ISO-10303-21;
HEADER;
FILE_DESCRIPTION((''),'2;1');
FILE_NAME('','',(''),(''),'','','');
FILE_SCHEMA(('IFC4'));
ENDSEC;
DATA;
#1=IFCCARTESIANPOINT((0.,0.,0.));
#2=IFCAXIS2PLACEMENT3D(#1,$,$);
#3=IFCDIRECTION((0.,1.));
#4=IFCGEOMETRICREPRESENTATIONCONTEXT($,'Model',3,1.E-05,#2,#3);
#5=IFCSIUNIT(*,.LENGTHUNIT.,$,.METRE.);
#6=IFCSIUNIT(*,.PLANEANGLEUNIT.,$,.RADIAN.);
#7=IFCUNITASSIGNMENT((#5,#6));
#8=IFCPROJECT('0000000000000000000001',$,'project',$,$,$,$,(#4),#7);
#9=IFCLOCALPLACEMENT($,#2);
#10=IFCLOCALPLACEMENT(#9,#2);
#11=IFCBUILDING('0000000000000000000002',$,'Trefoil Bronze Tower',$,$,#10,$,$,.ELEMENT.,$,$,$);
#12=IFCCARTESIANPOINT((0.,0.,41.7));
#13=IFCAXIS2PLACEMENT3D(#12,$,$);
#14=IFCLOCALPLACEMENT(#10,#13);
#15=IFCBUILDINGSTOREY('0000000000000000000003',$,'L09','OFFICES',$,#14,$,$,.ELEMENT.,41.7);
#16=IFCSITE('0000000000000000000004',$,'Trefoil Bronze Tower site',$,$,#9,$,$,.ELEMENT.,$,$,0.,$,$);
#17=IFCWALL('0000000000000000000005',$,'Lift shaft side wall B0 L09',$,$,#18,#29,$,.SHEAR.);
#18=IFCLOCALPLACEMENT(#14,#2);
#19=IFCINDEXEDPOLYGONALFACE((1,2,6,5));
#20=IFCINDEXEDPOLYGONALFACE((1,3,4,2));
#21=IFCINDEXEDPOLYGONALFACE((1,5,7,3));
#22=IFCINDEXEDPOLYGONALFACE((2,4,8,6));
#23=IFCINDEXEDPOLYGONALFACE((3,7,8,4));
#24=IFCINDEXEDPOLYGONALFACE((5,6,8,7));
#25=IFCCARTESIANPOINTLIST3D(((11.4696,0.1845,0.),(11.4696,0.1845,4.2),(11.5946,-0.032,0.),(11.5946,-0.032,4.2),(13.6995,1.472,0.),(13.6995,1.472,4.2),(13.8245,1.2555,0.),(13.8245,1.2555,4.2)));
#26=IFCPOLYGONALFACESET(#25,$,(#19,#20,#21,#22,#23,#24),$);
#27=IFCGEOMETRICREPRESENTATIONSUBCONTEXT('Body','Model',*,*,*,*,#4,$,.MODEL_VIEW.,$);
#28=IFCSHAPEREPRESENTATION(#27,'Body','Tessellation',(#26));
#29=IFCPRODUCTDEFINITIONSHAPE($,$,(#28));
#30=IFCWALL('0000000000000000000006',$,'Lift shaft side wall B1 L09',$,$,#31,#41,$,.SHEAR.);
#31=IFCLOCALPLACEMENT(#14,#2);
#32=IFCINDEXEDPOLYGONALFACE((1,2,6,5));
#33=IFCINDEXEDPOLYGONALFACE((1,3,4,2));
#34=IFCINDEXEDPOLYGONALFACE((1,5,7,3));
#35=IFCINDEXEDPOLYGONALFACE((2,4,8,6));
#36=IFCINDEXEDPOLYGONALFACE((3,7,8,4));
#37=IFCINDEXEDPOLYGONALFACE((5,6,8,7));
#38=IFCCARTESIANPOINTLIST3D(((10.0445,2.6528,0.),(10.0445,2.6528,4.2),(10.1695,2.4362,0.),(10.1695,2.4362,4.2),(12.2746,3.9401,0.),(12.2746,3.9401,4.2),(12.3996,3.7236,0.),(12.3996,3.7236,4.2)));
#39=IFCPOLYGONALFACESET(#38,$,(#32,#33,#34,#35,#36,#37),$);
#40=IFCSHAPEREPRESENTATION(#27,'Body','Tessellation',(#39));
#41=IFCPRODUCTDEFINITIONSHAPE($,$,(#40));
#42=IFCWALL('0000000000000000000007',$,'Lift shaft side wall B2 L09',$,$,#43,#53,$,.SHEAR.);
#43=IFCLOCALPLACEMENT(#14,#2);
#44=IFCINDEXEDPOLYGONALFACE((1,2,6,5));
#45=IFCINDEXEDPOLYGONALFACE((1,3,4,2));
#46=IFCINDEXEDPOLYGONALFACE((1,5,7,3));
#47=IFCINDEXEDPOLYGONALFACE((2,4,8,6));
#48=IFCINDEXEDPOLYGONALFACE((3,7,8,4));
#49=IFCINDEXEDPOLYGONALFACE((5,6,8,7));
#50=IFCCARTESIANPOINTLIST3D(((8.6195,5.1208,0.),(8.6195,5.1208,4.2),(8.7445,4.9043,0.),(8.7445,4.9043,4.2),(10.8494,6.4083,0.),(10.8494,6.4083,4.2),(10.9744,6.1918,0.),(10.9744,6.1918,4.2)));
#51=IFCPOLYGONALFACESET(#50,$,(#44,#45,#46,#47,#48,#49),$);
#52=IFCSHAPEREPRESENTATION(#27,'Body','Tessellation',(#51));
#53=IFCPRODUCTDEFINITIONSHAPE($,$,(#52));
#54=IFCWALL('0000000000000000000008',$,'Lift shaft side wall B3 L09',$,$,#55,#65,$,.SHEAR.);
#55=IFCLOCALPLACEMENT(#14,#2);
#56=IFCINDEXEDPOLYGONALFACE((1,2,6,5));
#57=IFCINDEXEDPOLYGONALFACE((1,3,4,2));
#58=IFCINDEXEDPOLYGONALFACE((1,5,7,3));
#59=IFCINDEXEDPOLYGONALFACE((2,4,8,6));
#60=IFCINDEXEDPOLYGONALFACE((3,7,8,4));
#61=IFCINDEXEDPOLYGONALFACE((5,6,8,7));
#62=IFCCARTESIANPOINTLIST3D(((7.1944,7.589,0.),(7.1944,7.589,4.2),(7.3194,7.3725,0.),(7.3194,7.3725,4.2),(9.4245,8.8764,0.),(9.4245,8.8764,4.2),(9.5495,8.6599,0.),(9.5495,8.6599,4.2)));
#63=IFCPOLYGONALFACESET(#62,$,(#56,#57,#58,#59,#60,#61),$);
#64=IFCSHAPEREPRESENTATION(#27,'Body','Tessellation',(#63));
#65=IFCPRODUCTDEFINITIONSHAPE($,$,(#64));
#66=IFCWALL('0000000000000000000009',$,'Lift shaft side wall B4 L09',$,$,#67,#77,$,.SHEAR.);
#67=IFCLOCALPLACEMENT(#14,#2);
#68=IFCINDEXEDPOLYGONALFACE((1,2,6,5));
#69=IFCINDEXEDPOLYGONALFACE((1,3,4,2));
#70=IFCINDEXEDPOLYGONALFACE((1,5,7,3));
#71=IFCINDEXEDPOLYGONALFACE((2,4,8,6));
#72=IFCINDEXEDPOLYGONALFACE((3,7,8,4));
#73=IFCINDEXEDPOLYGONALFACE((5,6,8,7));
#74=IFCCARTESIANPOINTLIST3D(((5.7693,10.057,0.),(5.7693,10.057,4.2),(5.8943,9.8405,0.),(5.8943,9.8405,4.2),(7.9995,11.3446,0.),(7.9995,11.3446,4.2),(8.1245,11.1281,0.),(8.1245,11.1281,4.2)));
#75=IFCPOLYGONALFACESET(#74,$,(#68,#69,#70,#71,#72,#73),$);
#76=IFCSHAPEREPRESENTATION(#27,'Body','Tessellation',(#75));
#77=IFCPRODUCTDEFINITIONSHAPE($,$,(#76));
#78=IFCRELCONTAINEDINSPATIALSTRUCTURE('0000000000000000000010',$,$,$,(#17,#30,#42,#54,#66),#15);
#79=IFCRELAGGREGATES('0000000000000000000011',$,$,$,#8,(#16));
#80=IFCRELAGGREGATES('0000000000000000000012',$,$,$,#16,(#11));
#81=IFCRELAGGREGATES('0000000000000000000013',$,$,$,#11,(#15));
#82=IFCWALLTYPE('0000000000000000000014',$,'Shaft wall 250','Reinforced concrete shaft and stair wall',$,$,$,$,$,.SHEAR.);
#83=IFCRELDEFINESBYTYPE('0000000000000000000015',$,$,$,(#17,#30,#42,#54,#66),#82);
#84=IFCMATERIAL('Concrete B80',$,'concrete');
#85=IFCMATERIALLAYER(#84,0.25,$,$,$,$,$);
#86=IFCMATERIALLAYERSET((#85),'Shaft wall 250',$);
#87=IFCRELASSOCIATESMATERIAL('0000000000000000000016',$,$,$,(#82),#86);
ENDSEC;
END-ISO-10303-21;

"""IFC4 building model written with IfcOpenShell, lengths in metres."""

from ifc_helpers import new_model, si_unit, direction, frame, frame_2d, origin, place, context, subcontext, project, spatial, rectangle, extrude, material, layer, layer_set, type_object, element, save


model = new_model("IFC4")

# Units and contexts
model_context = context("Model", 3, precision=1e-05, world=origin(), true_north=direction((0.0, 1.0)))
body_context = subcontext(model_context, "Body", "Model", "MODEL_VIEW")
ifc_project = project(units=[si_unit("LENGTHUNIT", "METRE"), si_unit("PLANEANGLEUNIT", "RADIAN")], contexts=[model_context])

# Site, building, storey
site_placement = place(None, origin())
site = spatial("IfcSite", under=ifc_project, at=site_placement, Name="Trefoil Bronze Tower site", CompositionType="ELEMENT", RefElevation=0.0)
building_placement = place(site_placement, origin())
building = spatial("IfcBuilding", under=site, at=building_placement, Name="Trefoil Bronze Tower", CompositionType="ELEMENT")
storey_placement = place(building_placement, frame((0.0, 0.0, 41.7)))
storey = spatial("IfcBuildingStorey", under=building, at=storey_placement, Name="L09", Description="OFFICES", CompositionType="ELEMENT", Elevation=41.7)

# Walls
ifc_material_1 = material(Name="Concrete B80", Category="concrete")
ifc_layer_1 = layer(ifc_material_1, 0.25)
ifc_layer_set_1 = layer_set([ifc_layer_1], Name="Shaft wall 250")
wall_type_1 = type_object("IfcWallType", Name="Shaft wall 250", Description="Reinforced concrete shaft and stair wall", PredefinedType="SHEAR", material=ifc_layer_set_1)
for number, where, z_axis, x_axis, name in (
    (1, (11.532, 0.0762, 0.0), (0.0, 0.0, 1.0), (0.866006, 0.500034, 0.0), "Lift shaft side wall B0 L09"),
    (2, (10.1069, 2.5444, 0.0), (0.0, 0.0, 1.0), (0.866047, 0.499963, 0.0), "Lift shaft side wall B1 L09"),
    (3, (8.6819, 5.0125, 0.0), (0.0, 0.0, 1.0), (0.866006, 0.500034, 0.0), "Lift shaft side wall B2 L09"),
    (4, (7.2568, 7.4807, 0.0), (0.0, 0.0, 1.0), (0.866047, 0.499963, 0.0), "Lift shaft side wall B3 L09"),
):
    element("IfcWall", number, at=place(storey_placement, frame(where, z_axis=z_axis, x_axis=x_axis)), inside=storey, type_object=wall_type_1, Name=name, PredefinedType="SHEAR", context=body_context, shape_type="SweptSolid", body=[
        extrude(rectangle(XDim=2.575, YDim=0.25, at=frame_2d((1.2876, 0.0))), origin(), (0.0, 0.0, 1.0), 4.2),
    ])
wall_1_placement = place(storey_placement, frame((5.8318, 9.9487, 0.0), z_axis=(0.0, 0.0, 1.0), x_axis=(0.866029, 0.499993, 0.0)))
element("IfcWall", 5, at=wall_1_placement, inside=storey, type_object=wall_type_1, Name="Lift shaft side wall B4 L09", PredefinedType="SHEAR", context=body_context, shape_type="SweptSolid", body=[
    extrude(rectangle(XDim=2.5752, YDim=0.25, at=frame_2d((1.2876, 0.0))), origin(), (0.0, 0.0, 1.0), 4.2),
])

save(model, "model.ifc")
